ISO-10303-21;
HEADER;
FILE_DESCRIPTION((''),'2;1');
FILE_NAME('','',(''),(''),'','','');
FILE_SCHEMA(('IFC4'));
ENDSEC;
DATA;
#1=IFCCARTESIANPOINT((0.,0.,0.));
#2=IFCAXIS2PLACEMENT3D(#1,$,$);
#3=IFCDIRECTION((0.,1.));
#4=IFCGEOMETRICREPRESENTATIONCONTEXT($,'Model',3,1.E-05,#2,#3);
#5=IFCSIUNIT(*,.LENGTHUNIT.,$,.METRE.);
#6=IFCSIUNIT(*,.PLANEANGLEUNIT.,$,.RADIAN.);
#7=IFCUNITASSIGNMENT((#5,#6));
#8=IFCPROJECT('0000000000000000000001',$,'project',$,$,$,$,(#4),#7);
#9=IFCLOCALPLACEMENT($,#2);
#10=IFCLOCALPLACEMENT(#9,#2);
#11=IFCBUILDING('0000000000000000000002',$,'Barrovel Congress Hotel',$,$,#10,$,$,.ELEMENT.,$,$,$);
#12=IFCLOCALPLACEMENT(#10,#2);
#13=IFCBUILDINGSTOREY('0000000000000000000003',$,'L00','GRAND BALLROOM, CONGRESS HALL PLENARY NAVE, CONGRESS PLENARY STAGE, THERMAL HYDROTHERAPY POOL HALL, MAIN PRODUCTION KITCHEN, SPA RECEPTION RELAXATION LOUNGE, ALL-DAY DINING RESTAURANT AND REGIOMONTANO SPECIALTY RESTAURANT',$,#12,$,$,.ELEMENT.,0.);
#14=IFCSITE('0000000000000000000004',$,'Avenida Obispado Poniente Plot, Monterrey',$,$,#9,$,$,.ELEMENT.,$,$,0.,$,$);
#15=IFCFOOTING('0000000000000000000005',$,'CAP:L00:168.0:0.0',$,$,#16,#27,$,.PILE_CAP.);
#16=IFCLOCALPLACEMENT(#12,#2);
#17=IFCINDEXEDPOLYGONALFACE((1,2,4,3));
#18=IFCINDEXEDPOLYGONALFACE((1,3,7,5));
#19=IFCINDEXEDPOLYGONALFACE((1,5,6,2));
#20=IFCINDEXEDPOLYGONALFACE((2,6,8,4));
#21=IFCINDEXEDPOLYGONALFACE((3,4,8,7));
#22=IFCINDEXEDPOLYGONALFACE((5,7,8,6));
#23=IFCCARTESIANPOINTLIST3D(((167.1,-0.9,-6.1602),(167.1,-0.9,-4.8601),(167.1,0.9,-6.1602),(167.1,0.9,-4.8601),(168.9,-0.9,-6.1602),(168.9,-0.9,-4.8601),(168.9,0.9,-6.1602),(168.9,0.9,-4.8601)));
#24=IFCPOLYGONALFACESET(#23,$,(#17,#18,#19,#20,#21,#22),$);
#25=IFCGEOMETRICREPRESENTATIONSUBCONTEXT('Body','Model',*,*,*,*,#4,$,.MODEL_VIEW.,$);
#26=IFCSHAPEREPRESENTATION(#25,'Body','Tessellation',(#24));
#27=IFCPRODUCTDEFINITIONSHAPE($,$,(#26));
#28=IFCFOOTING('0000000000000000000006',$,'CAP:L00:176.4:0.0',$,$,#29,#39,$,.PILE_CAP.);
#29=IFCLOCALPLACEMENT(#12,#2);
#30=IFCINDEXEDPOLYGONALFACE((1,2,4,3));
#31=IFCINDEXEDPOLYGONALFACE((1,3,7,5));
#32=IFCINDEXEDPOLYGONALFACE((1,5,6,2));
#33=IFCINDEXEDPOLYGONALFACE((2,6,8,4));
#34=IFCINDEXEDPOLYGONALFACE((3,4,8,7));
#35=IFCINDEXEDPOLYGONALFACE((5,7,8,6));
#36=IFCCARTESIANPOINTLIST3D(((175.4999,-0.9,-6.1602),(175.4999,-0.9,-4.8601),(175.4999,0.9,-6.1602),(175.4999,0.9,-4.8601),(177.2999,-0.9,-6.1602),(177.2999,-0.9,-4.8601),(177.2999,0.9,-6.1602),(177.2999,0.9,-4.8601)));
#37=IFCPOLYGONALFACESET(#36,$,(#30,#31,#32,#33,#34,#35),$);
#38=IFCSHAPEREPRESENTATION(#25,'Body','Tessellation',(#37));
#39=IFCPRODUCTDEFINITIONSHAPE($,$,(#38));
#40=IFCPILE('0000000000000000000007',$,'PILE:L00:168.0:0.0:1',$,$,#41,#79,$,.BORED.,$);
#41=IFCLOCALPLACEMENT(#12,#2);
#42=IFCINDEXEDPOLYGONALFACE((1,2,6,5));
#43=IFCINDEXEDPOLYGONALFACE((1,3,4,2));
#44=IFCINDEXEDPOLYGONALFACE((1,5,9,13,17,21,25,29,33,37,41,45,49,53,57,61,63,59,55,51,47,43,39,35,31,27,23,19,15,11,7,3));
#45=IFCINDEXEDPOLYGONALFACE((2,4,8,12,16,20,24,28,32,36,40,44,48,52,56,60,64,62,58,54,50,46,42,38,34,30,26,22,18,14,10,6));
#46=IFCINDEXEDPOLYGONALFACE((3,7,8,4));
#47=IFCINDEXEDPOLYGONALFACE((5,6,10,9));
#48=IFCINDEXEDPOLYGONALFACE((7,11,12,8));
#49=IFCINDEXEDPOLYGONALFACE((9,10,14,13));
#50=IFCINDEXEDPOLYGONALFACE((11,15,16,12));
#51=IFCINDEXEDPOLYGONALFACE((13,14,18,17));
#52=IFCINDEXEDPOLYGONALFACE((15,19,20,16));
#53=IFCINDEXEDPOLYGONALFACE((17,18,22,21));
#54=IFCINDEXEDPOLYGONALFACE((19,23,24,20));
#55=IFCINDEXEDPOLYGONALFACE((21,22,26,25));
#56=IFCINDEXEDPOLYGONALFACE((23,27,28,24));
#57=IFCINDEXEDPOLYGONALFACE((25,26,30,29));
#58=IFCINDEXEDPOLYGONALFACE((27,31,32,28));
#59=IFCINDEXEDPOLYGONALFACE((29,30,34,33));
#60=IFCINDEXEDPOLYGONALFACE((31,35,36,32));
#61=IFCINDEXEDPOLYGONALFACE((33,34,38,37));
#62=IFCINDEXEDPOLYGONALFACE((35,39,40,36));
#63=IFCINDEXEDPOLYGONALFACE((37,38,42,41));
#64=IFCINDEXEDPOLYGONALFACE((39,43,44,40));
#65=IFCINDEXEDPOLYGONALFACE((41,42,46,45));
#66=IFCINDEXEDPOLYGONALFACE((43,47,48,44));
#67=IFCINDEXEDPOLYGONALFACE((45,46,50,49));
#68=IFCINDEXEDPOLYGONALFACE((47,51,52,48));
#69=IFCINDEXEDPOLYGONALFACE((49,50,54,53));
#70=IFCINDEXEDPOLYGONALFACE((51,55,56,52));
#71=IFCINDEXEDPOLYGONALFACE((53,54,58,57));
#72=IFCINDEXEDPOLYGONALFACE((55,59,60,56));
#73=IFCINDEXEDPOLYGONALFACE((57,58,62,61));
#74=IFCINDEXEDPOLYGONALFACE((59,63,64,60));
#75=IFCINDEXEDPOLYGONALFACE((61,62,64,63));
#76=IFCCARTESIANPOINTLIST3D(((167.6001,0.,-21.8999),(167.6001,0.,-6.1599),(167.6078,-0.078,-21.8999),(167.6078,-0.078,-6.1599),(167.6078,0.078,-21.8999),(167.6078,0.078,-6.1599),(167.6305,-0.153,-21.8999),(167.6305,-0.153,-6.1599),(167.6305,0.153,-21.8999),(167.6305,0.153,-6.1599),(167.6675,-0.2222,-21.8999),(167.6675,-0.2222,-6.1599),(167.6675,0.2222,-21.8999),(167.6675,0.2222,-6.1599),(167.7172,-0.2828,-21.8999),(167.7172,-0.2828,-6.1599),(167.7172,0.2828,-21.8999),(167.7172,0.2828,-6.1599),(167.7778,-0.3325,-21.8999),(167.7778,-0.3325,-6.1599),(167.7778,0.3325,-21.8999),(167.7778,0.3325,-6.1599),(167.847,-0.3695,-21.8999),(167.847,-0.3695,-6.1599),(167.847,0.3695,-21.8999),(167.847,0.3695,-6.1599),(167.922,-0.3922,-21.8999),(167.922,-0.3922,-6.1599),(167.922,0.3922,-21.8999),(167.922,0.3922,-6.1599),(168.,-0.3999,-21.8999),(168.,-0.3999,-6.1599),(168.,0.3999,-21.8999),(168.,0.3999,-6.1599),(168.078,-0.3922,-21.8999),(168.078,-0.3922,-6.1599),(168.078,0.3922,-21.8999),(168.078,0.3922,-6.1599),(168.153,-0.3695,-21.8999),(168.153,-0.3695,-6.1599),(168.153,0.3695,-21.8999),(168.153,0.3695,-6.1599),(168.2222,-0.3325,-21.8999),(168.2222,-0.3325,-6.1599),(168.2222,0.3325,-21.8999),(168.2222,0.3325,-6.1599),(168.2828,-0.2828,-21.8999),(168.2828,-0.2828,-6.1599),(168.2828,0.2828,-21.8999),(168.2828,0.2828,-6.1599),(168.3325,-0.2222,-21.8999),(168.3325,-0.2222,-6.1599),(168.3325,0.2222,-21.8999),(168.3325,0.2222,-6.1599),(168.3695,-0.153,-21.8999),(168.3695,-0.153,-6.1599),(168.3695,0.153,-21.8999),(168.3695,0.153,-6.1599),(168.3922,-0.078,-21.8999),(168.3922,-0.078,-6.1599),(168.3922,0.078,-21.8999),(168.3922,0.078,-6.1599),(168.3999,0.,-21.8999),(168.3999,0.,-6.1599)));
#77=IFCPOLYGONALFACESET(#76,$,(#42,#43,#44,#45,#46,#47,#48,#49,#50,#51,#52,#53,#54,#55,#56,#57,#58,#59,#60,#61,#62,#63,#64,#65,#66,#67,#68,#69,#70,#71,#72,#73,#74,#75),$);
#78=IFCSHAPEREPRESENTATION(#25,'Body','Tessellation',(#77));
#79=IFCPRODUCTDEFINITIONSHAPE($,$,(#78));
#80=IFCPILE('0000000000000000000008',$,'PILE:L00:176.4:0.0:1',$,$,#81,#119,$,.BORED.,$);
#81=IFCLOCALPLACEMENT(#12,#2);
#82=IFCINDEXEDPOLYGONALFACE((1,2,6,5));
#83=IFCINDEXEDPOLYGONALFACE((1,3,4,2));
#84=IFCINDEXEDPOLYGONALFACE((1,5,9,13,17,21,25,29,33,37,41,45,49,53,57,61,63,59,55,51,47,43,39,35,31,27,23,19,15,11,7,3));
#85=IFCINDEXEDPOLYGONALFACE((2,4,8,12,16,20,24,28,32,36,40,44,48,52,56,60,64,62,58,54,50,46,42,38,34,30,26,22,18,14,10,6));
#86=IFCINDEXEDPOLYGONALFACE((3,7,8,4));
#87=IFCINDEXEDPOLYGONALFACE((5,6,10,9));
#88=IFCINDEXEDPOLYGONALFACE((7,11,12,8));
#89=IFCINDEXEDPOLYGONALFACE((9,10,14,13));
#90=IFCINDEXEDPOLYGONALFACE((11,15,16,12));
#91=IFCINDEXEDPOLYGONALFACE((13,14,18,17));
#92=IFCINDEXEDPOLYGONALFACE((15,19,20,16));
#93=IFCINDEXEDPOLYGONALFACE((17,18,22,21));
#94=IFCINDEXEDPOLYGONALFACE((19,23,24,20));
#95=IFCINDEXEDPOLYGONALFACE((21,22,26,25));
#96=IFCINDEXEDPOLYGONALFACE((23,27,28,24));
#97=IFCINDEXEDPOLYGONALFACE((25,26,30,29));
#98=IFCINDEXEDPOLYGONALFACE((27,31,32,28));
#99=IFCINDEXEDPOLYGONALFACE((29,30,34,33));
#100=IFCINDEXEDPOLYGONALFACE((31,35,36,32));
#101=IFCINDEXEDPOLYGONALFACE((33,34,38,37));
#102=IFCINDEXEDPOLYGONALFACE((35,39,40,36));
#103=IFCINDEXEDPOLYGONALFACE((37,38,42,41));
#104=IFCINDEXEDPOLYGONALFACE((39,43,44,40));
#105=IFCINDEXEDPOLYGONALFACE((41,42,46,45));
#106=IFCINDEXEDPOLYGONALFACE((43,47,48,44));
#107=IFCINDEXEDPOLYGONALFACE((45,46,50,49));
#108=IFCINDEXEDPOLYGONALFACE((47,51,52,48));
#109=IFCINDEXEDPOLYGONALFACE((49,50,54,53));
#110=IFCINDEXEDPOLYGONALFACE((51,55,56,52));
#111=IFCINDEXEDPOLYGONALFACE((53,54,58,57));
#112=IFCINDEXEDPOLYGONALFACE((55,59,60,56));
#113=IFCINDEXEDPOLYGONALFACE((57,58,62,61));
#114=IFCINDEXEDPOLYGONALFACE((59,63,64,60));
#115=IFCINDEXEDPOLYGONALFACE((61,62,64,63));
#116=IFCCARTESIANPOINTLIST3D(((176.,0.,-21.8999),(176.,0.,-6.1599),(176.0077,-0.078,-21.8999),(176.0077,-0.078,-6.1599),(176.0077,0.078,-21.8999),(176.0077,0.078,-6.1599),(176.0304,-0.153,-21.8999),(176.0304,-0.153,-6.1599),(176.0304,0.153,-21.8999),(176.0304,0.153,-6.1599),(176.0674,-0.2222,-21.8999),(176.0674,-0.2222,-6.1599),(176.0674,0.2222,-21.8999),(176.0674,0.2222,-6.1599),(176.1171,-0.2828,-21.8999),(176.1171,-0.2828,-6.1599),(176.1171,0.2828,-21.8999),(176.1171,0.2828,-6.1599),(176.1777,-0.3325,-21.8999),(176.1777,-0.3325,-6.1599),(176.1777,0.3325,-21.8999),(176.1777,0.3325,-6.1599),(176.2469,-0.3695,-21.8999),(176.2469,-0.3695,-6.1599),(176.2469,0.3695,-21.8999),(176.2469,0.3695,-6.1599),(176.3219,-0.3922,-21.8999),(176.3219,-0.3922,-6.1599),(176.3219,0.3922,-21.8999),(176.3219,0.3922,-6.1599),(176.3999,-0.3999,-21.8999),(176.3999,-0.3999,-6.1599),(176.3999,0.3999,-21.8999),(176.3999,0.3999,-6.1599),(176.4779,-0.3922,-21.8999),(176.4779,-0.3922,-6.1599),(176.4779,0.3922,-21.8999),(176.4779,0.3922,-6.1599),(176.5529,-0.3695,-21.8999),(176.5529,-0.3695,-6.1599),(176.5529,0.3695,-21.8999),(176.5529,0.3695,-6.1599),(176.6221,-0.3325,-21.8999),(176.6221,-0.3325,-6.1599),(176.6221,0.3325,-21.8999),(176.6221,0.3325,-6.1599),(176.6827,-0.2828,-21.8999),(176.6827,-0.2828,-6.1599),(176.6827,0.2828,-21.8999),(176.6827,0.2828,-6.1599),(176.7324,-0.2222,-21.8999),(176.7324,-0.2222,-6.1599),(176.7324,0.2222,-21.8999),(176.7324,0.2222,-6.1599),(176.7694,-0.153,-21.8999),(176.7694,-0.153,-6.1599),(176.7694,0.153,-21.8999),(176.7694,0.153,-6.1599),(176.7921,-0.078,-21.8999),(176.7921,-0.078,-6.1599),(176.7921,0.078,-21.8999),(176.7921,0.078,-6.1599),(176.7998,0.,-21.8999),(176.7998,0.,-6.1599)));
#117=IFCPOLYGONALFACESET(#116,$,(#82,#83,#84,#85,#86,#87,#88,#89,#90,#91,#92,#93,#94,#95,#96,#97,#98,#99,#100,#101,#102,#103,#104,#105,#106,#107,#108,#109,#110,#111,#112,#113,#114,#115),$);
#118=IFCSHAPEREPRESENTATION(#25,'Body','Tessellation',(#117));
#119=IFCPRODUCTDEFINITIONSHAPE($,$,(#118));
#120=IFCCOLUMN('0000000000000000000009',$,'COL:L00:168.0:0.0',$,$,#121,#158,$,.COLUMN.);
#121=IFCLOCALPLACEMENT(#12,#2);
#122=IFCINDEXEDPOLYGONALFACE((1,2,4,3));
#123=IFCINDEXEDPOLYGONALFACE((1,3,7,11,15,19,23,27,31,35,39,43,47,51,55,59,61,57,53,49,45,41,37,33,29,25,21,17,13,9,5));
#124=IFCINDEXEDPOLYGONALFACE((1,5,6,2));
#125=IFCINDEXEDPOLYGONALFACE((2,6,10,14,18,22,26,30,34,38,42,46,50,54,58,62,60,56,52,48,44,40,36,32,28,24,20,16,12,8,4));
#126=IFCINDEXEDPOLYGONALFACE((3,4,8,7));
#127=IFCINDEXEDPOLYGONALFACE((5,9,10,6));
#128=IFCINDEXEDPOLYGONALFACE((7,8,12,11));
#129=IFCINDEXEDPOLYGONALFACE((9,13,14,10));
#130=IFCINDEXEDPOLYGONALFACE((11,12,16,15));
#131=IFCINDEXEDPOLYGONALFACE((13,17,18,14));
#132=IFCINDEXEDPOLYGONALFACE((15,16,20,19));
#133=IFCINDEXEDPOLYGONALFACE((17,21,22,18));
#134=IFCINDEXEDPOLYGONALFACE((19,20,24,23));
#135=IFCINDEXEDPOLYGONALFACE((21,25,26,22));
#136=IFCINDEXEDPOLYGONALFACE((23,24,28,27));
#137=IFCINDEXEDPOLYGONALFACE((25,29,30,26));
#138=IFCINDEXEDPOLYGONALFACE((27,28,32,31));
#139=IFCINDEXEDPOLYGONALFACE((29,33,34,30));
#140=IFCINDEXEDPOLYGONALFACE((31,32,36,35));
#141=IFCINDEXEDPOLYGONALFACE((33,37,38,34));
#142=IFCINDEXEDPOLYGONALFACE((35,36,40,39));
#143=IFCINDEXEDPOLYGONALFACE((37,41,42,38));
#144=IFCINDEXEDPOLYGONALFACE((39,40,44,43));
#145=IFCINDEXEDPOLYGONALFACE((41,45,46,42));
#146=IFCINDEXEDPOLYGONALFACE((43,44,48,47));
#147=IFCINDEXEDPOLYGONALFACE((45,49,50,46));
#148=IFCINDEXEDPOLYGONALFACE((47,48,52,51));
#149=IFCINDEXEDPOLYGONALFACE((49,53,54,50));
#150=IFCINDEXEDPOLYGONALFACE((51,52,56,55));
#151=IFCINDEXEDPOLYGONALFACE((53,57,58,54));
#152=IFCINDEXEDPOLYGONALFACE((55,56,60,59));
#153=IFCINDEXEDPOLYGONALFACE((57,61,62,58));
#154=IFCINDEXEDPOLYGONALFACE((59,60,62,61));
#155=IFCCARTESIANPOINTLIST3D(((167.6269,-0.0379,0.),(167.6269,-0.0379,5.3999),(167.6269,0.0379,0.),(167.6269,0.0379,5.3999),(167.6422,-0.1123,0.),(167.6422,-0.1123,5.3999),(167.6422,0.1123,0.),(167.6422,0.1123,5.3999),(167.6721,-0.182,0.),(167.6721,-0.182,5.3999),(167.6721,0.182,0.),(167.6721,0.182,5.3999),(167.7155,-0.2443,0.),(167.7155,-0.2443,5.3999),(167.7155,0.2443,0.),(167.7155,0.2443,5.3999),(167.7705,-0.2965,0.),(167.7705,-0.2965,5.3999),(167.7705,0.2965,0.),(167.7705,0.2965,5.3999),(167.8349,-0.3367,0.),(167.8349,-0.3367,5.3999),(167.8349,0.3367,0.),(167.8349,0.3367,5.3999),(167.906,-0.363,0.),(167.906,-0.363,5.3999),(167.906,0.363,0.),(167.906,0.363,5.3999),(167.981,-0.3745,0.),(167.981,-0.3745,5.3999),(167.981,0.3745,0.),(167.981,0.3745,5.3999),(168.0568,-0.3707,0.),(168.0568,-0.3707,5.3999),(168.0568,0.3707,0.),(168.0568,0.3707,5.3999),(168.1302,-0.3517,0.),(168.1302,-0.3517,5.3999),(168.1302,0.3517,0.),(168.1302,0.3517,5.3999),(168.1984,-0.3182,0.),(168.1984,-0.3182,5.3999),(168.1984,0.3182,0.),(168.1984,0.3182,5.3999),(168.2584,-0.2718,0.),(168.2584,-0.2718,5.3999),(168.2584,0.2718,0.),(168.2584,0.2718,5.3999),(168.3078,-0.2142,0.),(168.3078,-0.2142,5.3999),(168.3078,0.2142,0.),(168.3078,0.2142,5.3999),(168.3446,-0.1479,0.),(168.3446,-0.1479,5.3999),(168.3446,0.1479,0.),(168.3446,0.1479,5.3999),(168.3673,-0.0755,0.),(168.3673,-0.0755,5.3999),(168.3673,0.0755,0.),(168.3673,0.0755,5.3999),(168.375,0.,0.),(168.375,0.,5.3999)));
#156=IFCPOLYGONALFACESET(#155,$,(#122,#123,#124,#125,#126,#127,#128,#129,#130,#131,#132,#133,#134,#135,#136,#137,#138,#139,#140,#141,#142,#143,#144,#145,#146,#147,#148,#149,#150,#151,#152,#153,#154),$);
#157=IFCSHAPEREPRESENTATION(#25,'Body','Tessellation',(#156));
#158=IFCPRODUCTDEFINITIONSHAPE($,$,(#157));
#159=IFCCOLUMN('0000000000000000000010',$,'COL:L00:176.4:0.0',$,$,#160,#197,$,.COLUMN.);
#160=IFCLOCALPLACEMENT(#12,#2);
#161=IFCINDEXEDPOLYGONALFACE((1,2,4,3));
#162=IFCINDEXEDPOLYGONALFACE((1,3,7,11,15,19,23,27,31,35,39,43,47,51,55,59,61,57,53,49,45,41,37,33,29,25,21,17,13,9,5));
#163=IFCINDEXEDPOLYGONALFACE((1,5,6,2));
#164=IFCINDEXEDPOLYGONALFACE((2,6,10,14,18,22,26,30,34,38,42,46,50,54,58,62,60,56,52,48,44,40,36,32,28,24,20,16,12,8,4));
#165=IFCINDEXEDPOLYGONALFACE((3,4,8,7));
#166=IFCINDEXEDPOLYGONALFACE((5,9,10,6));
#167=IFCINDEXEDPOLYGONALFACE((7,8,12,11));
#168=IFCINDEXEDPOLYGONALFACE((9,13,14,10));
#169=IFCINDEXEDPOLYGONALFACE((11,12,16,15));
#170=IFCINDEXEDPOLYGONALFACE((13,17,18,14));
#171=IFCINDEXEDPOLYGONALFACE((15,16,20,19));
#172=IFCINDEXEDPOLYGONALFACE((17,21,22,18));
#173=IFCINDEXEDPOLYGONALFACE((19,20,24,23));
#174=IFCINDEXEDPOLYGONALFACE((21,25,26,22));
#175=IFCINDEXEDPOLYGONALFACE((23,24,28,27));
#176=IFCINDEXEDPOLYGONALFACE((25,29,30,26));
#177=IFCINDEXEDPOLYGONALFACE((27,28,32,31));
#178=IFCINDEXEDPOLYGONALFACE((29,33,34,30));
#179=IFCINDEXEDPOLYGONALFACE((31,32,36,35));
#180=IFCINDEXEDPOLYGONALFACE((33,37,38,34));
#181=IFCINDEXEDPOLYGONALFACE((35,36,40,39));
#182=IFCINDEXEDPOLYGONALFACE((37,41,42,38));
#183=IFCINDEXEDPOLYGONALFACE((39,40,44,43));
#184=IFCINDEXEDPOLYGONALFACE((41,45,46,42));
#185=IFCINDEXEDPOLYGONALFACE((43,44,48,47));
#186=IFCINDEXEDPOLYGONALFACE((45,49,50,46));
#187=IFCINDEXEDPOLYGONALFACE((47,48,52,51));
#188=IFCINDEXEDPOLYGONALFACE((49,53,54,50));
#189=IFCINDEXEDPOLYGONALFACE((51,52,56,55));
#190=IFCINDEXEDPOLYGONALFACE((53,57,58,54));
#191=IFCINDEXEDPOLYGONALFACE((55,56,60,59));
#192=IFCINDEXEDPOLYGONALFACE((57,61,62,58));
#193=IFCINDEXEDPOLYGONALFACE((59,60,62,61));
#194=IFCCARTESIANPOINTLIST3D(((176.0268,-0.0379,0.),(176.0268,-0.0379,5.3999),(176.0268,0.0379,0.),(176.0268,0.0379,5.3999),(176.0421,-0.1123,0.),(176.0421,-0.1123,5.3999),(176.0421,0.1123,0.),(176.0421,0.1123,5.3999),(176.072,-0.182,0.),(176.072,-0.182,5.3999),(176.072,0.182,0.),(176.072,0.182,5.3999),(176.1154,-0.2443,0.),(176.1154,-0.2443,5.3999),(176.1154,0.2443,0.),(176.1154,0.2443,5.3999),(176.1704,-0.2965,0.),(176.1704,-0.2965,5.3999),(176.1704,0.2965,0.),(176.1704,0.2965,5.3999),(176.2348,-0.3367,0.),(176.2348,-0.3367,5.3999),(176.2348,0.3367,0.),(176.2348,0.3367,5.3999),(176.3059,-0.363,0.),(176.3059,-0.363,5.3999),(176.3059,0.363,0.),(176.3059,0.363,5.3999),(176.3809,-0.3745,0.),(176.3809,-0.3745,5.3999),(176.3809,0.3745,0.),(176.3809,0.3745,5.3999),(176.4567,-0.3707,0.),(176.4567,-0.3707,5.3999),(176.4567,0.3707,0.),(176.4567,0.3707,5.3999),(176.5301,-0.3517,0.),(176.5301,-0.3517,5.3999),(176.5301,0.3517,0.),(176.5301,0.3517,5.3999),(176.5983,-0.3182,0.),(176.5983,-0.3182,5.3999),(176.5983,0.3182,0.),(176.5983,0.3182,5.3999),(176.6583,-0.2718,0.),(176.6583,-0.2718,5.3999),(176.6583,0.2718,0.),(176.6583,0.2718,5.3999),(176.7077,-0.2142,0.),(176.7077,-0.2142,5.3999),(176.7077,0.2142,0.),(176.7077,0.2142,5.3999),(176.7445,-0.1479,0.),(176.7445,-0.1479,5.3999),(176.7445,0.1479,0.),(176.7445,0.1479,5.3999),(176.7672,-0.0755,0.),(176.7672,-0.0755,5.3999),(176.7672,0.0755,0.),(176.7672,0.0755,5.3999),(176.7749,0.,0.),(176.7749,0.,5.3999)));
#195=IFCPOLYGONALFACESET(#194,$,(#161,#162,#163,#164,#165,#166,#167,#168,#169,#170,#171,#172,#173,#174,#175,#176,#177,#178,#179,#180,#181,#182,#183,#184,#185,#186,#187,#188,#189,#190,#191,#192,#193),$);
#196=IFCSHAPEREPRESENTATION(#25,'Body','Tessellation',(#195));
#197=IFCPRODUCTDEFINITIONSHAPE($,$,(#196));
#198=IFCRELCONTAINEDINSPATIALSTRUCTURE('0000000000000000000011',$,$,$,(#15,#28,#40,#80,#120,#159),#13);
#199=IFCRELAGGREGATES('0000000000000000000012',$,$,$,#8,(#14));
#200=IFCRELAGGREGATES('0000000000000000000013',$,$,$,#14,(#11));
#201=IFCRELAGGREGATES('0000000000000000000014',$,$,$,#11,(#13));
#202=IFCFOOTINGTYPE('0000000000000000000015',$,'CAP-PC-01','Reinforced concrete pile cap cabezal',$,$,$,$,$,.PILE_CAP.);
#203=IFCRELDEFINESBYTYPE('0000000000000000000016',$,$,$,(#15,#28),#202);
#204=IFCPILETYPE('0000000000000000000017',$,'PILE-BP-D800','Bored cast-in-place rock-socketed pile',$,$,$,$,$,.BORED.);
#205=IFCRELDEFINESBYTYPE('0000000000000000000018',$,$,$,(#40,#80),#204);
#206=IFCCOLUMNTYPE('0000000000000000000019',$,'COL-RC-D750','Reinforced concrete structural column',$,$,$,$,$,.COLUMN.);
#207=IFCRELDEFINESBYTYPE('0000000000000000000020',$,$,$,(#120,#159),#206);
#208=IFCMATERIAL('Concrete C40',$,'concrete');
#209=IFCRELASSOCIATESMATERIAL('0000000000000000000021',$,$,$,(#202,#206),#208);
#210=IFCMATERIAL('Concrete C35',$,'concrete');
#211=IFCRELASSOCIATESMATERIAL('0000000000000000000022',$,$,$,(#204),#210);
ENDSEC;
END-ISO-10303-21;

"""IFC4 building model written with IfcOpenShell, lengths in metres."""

from ifc_helpers import new_model, si_unit, direction, frame, origin, origin_2d, place, context, subcontext, project, spatial, rectangle, circle, extrude, material, material_profile, profile_set, type_object, element, save


model = new_model("IFC4")

# Units and contexts
model_context = context("Model", 3, precision=1e-05, world=origin(), true_north=direction((0.0, 1.0)))
body_context = subcontext(model_context, "Body", "Model", "MODEL_VIEW")
ifc_project = project(units=[si_unit("LENGTHUNIT", "METRE"), si_unit("PLANEANGLEUNIT", "RADIAN")], contexts=[model_context])

# Site, building, storey
site_placement = place(None, origin())
site = spatial("IfcSite", under=ifc_project, at=site_placement, Name="Avenida Obispado Poniente Plot, Monterrey", CompositionType="ELEMENT", RefElevation=0.0)
building_placement = place(site_placement, origin())
building = spatial("IfcBuilding", under=site, at=building_placement, Name="Barrovel Congress Hotel", CompositionType="ELEMENT")
storey_placement = place(building_placement, origin())
storey = spatial("IfcBuildingStorey", under=building, at=storey_placement, Name="L00", Description="GRAND BALLROOM, CONGRESS HALL PLENARY NAVE, CONGRESS PLENARY STAGE, THERMAL HYDROTHERAPY POOL HALL, MAIN PRODUCTION KITCHEN, SPA RECEPTION RELAXATION LOUNGE, ALL-DAY DINING RESTAURANT AND REGIOMONTANO SPECIALTY RESTAURANT", CompositionType="ELEMENT", Elevation=0.0)

# Footings
ifc_material_1 = material(Name="Concrete C40", Category="concrete")
footing_type = type_object("IfcFootingType", Name="CAP-PC-01", Description="Reinforced concrete pile cap cabezal", PredefinedType="PILE_CAP", material=ifc_material_1)
for number, where, z_axis, x_axis, name in (
    (1, (168.0, 0.0, -6.1602), (0.0, 0.0, 1.0), (1.0, 0.0, 0.0), "CAP:L00:168.0:0.0"),
    (2, (176.3999, 0.0, -6.1602), (0.0, 0.0, 1.0), (1.0, 0.0, 0.0), "CAP:L00:176.4:0.0"),
):
    element("IfcFooting", number, at=place(storey_placement, frame(where, z_axis=z_axis, x_axis=x_axis)), inside=storey, type_object=footing_type, Name=name, PredefinedType="PILE_CAP", context=body_context, shape_type="SweptSolid", body=[
        extrude(rectangle(XDim=1.8, YDim=1.8, at=origin_2d()), origin(), (0.0, 0.0, 1.0), 1.3),
    ])

# Piles
ifc_material_2 = material(Name="Concrete C35", Category="concrete")
ifc_material_profile_1 = material_profile(ifc_material_2, circle(Radius=0.3999, at=origin_2d()), Name="BP-D800")
ifc_profile_set_1 = profile_set([ifc_material_profile_1], Name="Concrete C35")
pile_type = type_object("IfcPileType", Name="PILE-BP-D800", Description="Bored cast-in-place rock-socketed pile", PredefinedType="BORED", material=ifc_profile_set_1)
for number, where, z_axis, x_axis, name in (
    (3, (168.0, 0.0, -6.1599), (0.0, 0.0, -1.0), (1.0, 0.0, 0.0), "PILE:L00:168.0:0.0:1"),
    (4, (176.3999, 0.0, -6.1599), (0.0, 0.0, -1.0), (1.0, 0.0, 0.0), "PILE:L00:176.4:0.0:1"),
):
    element("IfcPile", number, at=place(storey_placement, frame(where, z_axis=z_axis, x_axis=x_axis)), inside=storey, type_object=pile_type, Name=name, PredefinedType="BORED", context=body_context, shape_type="SweptSolid", body=[
        extrude(circle(Radius=0.3999, at=origin_2d()), origin(), (0.0, 0.0, 1.0), 15.74),
    ])

# Columns
ifc_material_profile_2 = material_profile(ifc_material_1, circle(Radius=0.375, at=origin_2d()), Name="RC-D750")
ifc_profile_set_2 = profile_set([ifc_material_profile_2], Name="Concrete C40")
column_type_1 = type_object("IfcColumnType", Name="COL-RC-D750", Description="Reinforced concrete structural column", PredefinedType="COLUMN", material=ifc_profile_set_2)
for number, where, z_axis, x_axis, name in (
    (5, (168.0, 0.0, 0.0), (0.0, 0.0, 1.0), (1.0, 0.0, 0.0), "COL:L00:168.0:0.0"),
    (6, (176.3999, 0.0, 0.0), (0.0, 0.0, 1.0), (1.0, 0.0, 0.0), "COL:L00:176.4:0.0"),
):
    element("IfcColumn", number, at=place(storey_placement, frame(where, z_axis=z_axis, x_axis=x_axis)), inside=storey, type_object=column_type_1, Name=name, PredefinedType="COLUMN", context=body_context, shape_type="SweptSolid", body=[
        extrude(circle(Radius=0.375, at=origin_2d()), origin(), (0.0, 0.0, 1.0), 5.3999),
    ])

save(model, "model.ifc")
